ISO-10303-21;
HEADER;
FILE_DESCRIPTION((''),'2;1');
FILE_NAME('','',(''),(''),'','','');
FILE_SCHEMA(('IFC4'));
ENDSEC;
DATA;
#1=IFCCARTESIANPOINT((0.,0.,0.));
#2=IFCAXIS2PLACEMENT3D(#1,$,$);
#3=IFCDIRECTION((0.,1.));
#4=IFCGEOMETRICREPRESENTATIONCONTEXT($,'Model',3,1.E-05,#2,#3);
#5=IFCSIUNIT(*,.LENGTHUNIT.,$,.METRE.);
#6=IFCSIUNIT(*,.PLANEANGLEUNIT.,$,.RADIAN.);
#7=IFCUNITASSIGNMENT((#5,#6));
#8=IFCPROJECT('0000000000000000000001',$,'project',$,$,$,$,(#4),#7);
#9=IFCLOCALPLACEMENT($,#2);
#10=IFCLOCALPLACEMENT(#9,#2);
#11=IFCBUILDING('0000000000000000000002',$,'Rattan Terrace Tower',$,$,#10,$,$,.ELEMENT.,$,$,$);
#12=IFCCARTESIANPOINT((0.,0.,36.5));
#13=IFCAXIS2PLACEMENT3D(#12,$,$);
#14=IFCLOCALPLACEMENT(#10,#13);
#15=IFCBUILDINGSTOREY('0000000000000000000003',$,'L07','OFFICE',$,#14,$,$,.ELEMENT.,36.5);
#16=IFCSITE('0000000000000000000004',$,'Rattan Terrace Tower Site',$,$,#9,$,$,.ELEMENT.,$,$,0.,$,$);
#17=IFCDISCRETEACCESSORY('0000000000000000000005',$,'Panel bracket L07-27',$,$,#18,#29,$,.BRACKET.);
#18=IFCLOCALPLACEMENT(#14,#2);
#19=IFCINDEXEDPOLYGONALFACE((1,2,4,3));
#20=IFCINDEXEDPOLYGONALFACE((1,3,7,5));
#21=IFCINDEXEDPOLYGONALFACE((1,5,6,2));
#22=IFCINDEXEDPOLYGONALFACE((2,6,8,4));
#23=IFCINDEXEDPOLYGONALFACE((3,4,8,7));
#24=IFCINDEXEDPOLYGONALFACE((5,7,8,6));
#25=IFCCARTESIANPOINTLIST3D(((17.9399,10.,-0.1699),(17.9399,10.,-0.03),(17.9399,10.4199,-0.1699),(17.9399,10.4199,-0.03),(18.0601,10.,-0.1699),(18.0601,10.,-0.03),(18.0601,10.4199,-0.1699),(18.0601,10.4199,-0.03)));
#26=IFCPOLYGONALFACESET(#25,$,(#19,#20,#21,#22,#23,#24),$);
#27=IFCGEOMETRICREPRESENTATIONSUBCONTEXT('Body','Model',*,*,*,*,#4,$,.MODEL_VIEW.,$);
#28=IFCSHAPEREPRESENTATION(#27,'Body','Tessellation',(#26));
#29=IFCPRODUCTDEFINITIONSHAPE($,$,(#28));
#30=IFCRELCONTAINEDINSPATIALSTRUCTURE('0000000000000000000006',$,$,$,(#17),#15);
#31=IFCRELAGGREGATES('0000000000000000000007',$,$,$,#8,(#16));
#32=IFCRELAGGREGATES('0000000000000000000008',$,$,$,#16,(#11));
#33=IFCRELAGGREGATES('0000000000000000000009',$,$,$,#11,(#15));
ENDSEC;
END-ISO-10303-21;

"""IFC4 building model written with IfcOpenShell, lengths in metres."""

from ifc_helpers import new_model, si_unit, direction, frame, origin, origin_2d, place, context, subcontext, project, spatial, rectangle, extrude, element, save


model = new_model("IFC4")

# Units and contexts
model_context = context("Model", 3, precision=1e-05, world=origin(), true_north=direction((0.0, 1.0)))
body_context = subcontext(model_context, "Body", "Model", "MODEL_VIEW")
ifc_project = project(units=[si_unit("LENGTHUNIT", "METRE"), si_unit("PLANEANGLEUNIT", "RADIAN")], contexts=[model_context])

# Site, building, storey
site_placement = place(None, origin())
site = spatial("IfcSite", under=ifc_project, at=site_placement, Name="Rattan Terrace Tower Site", CompositionType="ELEMENT", RefElevation=0.0)
building_placement = place(site_placement, origin())
building = spatial("IfcBuilding", under=site, at=building_placement, Name="Rattan Terrace Tower", CompositionType="ELEMENT")
storey_placement = place(building_placement, frame((0.0, 0.0, 36.5)))
storey = spatial("IfcBuildingStorey", under=building, at=storey_placement, Name="L07", Description="OFFICE", CompositionType="ELEMENT", Elevation=36.5)

# Discrete accessory
for number, where, z_axis, x_axis, name in (
    (1, (18.0, 10.21, -0.1699), (0.0, 0.0, 1.0), (-1.0, 0.0, 0.0), "Panel bracket L07-27"),
):
    element("IfcDiscreteAccessory", number, at=place(storey_placement, frame(where, z_axis=z_axis, x_axis=x_axis)), inside=storey, Name=name, PredefinedType="BRACKET", context=body_context, shape_type="SweptSolid", body=[
        extrude(rectangle(XDim=0.1201, YDim=0.4199, at=origin_2d()), origin(), (0.0, 0.0, 1.0), 0.1399),
    ])

save(model, "model.ifc")
